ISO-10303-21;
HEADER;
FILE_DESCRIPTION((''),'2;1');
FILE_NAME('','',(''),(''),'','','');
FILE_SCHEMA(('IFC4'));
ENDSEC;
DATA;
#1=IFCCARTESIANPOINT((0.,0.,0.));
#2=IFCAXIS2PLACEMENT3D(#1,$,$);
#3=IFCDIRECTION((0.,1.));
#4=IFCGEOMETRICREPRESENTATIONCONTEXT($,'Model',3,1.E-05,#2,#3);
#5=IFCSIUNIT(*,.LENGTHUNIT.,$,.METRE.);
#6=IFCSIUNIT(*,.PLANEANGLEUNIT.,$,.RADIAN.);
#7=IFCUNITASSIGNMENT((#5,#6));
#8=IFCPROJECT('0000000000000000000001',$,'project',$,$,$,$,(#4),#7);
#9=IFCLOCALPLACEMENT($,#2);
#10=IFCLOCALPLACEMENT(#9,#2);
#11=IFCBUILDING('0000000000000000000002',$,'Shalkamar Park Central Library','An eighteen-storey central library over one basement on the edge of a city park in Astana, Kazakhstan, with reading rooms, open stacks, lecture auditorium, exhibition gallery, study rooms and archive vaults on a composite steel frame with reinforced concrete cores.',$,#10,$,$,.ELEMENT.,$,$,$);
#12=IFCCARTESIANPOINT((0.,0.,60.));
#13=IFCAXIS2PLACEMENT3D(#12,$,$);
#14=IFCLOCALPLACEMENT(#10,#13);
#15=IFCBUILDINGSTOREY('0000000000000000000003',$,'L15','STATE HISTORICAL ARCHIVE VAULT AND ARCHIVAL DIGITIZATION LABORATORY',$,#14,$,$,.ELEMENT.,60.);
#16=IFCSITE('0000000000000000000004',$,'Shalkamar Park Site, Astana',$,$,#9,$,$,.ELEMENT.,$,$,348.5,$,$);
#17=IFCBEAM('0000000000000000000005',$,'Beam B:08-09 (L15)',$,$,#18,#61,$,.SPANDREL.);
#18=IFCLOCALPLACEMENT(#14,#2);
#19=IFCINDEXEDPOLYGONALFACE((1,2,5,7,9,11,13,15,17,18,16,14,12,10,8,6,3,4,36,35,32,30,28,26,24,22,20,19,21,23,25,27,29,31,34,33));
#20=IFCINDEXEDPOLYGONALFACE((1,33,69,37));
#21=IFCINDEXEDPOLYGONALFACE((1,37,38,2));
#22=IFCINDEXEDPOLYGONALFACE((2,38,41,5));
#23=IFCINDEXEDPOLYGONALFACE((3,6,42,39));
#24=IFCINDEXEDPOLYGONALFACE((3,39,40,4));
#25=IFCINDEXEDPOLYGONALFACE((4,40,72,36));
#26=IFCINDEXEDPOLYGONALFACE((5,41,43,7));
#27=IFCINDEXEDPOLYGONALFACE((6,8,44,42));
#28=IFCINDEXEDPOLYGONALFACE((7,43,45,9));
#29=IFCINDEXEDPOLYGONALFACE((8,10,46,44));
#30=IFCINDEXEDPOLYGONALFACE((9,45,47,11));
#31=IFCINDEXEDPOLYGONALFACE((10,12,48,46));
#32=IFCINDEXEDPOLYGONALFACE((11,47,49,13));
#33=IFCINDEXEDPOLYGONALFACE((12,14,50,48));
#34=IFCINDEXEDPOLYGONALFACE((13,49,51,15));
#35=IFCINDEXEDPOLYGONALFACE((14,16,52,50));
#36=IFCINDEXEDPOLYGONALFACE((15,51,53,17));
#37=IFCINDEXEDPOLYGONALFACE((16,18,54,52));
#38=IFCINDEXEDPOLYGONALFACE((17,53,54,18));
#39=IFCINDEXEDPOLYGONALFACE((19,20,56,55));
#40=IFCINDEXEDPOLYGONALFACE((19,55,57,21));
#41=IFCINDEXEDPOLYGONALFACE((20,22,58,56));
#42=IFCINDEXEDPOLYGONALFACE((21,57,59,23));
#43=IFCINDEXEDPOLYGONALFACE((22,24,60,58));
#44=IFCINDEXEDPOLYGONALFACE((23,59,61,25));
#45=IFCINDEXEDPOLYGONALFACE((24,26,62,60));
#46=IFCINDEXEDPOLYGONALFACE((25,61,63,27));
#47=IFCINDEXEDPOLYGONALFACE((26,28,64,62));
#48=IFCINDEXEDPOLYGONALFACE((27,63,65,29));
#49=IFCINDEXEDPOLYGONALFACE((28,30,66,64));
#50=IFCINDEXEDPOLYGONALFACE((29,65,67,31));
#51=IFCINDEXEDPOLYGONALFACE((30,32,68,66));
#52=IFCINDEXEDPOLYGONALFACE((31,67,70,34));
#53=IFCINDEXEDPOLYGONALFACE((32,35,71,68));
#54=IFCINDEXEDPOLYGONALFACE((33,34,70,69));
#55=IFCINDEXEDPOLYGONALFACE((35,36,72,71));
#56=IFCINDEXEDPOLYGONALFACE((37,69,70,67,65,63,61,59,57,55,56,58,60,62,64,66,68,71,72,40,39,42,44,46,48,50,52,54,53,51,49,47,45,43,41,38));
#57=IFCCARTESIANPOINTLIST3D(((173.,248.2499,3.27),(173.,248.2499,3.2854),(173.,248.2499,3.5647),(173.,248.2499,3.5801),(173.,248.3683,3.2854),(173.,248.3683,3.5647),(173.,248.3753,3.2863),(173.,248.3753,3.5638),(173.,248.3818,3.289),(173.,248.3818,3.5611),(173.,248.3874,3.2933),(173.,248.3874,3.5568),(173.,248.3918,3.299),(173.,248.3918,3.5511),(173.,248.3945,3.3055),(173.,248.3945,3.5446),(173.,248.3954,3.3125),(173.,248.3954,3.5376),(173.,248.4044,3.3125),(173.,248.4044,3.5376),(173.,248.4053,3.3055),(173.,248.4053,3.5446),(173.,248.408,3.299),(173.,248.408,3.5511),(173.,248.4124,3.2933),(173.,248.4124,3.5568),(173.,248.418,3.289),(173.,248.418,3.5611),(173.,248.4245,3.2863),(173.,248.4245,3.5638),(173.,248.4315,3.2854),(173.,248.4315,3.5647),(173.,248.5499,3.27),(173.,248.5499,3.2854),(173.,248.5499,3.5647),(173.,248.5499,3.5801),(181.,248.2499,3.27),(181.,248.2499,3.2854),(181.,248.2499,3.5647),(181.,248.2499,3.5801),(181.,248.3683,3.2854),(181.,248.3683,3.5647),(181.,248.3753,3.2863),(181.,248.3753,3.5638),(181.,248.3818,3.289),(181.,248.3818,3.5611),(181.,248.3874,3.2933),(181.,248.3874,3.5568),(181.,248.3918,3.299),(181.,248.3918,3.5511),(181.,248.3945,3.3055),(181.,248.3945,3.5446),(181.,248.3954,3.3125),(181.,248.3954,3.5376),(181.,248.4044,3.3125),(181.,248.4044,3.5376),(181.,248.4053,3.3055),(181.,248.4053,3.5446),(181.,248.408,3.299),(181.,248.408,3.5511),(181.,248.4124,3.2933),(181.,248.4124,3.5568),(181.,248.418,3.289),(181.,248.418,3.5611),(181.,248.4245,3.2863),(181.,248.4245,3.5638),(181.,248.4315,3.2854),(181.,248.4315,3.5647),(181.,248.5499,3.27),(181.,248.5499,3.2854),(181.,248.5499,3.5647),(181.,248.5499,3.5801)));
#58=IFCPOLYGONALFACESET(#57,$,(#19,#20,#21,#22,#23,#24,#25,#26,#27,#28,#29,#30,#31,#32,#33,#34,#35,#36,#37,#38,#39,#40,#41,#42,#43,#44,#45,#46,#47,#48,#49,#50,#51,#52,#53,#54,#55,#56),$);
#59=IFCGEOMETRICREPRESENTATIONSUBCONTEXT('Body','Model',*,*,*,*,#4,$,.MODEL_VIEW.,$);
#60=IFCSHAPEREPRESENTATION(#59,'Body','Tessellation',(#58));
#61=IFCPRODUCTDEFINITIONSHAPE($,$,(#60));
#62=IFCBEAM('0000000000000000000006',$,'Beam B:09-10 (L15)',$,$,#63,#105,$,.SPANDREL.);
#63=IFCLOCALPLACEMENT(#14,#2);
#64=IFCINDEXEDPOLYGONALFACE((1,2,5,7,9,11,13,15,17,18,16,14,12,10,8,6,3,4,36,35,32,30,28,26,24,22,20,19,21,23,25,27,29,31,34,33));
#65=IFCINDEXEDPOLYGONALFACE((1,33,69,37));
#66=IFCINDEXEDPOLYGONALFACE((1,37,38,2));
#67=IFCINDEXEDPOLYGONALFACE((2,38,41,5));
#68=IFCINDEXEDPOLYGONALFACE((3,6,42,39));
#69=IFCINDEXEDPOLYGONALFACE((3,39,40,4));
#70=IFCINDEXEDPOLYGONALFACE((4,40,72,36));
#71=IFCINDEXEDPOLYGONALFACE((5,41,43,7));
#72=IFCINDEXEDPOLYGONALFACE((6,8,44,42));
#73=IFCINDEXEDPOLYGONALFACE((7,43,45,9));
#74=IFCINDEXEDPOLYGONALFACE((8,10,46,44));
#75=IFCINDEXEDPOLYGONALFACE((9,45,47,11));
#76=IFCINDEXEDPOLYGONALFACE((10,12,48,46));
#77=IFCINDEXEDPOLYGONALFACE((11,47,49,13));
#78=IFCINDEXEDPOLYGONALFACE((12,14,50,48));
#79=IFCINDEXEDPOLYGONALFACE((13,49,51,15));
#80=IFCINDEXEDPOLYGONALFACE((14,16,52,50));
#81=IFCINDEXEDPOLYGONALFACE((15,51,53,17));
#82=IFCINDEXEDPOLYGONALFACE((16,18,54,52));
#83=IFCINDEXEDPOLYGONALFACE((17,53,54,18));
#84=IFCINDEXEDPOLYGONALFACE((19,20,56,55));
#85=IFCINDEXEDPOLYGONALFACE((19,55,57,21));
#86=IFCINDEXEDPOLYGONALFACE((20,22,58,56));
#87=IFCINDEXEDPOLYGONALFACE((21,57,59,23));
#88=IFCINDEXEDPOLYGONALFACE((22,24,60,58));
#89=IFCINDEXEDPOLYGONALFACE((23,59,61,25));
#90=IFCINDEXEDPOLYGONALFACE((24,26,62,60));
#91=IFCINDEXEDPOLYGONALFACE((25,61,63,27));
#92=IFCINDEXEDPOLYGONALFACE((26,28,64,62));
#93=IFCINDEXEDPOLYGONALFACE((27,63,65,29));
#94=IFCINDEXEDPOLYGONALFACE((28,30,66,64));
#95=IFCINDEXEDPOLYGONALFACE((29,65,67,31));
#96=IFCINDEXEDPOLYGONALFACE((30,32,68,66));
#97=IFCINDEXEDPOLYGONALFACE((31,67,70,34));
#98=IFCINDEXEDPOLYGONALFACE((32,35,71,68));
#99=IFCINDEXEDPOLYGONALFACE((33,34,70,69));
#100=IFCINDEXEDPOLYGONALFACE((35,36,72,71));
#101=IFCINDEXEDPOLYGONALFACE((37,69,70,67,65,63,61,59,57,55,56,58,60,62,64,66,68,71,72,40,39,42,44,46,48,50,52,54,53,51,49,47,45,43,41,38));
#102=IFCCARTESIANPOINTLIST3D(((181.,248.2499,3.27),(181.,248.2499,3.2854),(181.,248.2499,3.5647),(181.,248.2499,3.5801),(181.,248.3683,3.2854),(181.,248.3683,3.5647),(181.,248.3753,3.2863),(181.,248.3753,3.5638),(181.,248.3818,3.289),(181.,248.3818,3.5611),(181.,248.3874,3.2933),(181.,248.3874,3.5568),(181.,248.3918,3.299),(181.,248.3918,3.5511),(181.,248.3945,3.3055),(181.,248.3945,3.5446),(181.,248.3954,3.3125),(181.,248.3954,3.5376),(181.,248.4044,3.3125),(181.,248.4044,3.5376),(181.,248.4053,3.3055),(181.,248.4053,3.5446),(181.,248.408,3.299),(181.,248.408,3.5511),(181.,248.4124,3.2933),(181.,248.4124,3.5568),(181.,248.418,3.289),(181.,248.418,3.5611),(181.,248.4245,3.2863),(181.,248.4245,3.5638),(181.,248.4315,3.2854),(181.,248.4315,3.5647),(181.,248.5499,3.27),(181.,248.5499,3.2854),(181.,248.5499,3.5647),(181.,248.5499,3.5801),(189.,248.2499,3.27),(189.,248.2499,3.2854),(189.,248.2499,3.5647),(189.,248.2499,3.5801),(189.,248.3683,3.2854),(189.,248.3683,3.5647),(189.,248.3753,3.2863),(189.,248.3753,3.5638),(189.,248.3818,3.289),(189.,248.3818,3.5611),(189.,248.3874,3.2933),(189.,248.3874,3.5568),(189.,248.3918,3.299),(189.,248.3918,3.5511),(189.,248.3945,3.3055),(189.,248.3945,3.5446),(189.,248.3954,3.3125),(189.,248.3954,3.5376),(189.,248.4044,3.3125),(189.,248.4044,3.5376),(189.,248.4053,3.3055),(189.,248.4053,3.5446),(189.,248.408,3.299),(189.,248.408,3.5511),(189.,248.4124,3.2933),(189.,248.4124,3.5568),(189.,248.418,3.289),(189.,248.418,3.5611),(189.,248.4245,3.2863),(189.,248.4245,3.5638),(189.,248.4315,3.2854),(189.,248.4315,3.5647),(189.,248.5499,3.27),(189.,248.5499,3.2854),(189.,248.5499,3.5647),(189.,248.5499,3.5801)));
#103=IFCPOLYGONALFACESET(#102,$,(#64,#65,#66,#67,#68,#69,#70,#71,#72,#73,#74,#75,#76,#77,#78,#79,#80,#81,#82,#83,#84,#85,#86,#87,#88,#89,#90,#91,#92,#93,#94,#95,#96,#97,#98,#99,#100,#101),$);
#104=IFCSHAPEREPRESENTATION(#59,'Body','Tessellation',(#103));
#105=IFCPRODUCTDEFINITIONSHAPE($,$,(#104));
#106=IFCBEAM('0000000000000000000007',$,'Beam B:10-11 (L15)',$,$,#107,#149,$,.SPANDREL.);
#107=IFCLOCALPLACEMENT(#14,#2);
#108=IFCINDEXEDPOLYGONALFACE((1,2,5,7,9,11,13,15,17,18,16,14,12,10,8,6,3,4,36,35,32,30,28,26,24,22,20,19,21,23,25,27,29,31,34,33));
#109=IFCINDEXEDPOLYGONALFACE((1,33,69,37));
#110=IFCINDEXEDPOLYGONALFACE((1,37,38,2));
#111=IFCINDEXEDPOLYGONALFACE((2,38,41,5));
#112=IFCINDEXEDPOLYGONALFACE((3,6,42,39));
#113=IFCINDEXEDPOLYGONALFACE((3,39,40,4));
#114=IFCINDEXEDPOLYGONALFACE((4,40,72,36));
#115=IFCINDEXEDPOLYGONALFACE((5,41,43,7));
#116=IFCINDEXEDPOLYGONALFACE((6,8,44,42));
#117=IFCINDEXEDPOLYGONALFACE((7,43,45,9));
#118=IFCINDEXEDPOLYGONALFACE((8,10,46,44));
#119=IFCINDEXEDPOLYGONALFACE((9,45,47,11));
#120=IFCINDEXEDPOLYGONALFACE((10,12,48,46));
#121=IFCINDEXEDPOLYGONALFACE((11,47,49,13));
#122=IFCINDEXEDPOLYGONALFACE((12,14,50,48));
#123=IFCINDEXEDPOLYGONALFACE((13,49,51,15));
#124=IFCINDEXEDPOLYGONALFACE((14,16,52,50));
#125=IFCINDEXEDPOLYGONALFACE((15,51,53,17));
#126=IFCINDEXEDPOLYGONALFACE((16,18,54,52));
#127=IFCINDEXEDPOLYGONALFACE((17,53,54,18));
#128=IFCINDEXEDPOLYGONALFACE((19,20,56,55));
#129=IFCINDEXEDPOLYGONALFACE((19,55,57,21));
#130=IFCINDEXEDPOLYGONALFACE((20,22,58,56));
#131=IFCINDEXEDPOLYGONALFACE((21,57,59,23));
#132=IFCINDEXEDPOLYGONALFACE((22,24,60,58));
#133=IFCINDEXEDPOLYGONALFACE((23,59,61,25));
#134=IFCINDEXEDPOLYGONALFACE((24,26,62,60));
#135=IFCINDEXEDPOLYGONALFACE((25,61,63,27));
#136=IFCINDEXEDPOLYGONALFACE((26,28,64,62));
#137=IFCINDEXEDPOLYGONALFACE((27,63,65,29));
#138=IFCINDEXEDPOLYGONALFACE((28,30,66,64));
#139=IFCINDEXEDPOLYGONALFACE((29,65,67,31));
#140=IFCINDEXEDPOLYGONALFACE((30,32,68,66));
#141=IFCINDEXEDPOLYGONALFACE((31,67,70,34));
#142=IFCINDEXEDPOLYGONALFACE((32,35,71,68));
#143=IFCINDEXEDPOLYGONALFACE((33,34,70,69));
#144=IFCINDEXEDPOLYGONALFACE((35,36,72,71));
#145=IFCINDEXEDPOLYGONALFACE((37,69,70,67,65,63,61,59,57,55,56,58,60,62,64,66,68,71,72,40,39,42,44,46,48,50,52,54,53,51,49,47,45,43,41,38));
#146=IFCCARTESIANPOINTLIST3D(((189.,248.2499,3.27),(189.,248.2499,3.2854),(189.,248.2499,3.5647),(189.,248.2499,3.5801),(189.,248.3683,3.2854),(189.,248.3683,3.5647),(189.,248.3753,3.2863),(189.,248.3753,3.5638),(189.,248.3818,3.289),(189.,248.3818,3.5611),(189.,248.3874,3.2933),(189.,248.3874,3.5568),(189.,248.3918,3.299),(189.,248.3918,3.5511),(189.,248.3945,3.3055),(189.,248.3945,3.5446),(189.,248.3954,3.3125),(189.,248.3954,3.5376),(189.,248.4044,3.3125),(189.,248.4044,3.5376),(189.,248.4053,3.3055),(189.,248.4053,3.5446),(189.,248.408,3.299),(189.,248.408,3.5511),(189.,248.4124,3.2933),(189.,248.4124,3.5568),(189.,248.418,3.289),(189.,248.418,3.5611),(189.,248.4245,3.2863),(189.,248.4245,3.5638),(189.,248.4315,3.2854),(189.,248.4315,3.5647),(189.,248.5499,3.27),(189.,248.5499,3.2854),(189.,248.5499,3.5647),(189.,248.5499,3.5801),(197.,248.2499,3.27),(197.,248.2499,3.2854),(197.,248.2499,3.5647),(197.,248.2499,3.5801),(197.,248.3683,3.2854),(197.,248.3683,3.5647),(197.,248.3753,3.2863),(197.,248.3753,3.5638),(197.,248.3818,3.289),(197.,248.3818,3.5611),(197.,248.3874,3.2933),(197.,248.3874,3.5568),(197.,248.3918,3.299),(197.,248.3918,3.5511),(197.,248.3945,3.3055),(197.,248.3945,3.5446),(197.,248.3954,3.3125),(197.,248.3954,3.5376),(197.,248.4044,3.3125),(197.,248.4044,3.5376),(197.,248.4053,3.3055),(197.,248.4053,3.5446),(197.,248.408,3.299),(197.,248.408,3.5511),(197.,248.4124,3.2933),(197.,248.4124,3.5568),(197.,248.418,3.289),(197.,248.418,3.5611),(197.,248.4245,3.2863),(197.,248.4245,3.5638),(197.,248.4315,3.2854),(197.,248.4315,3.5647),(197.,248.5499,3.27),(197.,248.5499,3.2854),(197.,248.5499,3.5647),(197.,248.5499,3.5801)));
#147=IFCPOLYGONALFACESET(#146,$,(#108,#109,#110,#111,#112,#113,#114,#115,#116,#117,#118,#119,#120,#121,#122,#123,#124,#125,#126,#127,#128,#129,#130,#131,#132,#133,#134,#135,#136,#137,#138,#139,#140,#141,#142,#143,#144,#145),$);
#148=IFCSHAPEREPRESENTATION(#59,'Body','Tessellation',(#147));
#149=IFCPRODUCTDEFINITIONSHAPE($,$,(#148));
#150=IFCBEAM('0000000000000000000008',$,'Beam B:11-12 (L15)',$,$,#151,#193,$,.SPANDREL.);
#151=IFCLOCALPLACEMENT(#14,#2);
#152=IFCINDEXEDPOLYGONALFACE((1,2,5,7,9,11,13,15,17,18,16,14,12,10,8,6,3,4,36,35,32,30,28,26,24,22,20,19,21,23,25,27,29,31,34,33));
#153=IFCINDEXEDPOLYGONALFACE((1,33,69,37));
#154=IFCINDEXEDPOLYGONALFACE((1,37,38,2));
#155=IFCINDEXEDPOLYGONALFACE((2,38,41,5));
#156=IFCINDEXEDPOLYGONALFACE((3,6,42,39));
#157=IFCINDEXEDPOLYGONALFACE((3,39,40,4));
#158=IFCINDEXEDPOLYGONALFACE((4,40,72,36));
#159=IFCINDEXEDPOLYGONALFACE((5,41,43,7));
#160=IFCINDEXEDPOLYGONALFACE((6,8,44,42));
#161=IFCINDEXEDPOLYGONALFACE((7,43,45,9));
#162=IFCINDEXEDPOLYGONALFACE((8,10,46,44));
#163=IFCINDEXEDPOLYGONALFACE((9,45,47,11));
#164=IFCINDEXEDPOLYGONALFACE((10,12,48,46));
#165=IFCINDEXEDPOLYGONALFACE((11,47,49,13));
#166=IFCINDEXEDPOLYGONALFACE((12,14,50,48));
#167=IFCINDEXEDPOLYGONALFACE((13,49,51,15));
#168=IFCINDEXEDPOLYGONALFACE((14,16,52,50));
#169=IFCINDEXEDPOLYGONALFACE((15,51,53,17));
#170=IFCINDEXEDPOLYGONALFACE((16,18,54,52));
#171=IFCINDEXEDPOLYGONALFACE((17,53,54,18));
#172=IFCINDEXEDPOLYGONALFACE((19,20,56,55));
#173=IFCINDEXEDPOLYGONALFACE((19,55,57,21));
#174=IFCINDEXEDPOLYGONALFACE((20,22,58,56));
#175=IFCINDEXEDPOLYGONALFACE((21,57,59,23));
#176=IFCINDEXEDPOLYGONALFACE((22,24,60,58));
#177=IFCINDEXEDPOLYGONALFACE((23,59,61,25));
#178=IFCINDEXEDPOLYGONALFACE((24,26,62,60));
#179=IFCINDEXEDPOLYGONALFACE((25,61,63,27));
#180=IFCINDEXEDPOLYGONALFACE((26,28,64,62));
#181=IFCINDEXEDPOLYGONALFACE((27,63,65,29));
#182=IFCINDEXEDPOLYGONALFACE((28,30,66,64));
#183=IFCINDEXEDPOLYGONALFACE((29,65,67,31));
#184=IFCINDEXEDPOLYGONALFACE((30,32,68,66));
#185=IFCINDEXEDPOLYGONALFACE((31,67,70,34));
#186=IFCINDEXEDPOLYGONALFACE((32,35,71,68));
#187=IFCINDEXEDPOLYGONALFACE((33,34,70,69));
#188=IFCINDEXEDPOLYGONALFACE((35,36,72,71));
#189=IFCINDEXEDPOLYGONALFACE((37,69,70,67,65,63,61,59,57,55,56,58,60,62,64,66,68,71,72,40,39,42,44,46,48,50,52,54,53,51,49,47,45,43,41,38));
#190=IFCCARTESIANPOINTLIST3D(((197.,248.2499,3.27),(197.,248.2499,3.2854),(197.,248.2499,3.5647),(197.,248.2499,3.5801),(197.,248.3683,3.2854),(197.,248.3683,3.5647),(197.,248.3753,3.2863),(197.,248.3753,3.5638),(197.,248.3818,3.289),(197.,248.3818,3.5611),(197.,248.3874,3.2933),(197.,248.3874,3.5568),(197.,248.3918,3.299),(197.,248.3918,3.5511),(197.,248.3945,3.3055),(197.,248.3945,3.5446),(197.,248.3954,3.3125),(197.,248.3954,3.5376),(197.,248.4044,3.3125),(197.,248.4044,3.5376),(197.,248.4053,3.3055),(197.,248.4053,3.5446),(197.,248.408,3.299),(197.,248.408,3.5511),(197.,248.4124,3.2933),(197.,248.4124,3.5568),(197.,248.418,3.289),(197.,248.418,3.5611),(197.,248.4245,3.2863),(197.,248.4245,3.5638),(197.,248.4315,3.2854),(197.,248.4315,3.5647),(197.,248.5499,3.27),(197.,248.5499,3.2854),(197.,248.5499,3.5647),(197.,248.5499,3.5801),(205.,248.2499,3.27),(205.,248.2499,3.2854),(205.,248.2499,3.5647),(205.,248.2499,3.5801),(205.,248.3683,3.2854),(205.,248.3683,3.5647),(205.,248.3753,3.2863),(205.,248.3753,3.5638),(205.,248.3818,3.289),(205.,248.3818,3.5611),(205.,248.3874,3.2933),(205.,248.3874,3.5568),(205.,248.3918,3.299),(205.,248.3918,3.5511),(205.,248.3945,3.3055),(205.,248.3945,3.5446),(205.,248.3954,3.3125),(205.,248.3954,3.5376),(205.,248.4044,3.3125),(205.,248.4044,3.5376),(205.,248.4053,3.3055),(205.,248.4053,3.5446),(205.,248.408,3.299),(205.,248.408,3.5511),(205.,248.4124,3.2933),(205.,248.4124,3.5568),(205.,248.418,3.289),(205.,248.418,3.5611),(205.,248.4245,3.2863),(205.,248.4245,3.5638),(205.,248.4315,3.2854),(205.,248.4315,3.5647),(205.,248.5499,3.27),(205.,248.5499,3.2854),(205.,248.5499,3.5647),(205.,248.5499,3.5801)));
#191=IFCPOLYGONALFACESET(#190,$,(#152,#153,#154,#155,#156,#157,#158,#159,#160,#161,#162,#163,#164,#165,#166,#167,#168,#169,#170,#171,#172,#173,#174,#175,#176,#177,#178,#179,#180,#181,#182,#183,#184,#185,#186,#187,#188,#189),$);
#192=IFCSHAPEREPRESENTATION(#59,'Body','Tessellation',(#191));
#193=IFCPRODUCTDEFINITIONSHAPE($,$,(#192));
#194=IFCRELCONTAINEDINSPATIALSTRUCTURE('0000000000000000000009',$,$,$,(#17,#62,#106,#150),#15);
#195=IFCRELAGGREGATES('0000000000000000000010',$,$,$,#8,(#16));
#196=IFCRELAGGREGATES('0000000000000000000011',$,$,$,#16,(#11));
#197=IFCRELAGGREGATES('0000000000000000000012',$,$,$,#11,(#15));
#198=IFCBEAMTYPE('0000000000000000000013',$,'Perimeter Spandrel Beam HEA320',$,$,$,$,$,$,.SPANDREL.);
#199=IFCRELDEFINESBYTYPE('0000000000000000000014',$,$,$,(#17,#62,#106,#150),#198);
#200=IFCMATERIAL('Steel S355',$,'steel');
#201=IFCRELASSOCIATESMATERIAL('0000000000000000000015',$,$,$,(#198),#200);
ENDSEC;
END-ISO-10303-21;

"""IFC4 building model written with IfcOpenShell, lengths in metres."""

from ifc_helpers import new_model, si_unit, direction, frame, origin, origin_2d, place, context, subcontext, project, spatial, i_section, extrude, material, material_profile, profile_set, type_object, element, save


model = new_model("IFC4")

# Units and contexts
model_context = context("Model", 3, precision=1e-05, world=origin(), true_north=direction((0.0, 1.0)))
body_context = subcontext(model_context, "Body", "Model", "MODEL_VIEW")
ifc_project = project(units=[si_unit("LENGTHUNIT", "METRE"), si_unit("PLANEANGLEUNIT", "RADIAN")], contexts=[model_context])

# Site, building, storey
site_placement = place(None, origin())
site = spatial("IfcSite", under=ifc_project, at=site_placement, Name="Shalkamar Park Site, Astana", CompositionType="ELEMENT", RefElevation=348.5)
building_placement = place(site_placement, origin())
building = spatial("IfcBuilding", under=site, at=building_placement, Name="Shalkamar Park Central Library", Description="An eighteen-storey central library over one basement on the edge of a city park in Astana, Kazakhstan, with reading rooms, open stacks, lecture auditorium, exhibition gallery, study rooms and archive vaults on a composite steel frame with reinforced concrete cores.", CompositionType="ELEMENT")
storey_placement = place(building_placement, frame((0.0, 0.0, 60.0)))
storey = spatial("IfcBuildingStorey", under=building, at=storey_placement, Name="L15", Description="STATE HISTORICAL ARCHIVE VAULT AND ARCHIVAL DIGITIZATION LABORATORY", CompositionType="ELEMENT", Elevation=60.0)

# Shared definitions
ifc_material_1 = material(Name="Steel S355", Category="steel")

# Beams
ifc_material_profile_1 = material_profile(ifc_material_1, i_section(OverallWidth=0.3, OverallDepth=0.3101, WebThickness=0.009, FlangeThickness=0.0154, FilletRadius=0.0271, at=origin_2d()), Name="HEA 320")
ifc_profile_set_1 = profile_set([ifc_material_profile_1], Name="Steel S355")
beam_type_1 = type_object("IfcBeamType", Name="Perimeter Spandrel Beam HEA320", PredefinedType="SPANDREL", material=ifc_profile_set_1)
for number, where, z_axis, x_axis, name in (
    (1, (173.0, 248.3999, 3.425), (1.0, 0.0, 0.0), (0.0, 1.0, 0.0), "Beam B:08-09 (L15)"),
    (2, (181.0, 248.3999, 3.425), (1.0, 0.0, 0.0), (0.0, 1.0, 0.0), "Beam B:09-10 (L15)"),
    (3, (189.0, 248.3999, 3.425), (1.0, 0.0, 0.0), (0.0, 1.0, 0.0), "Beam B:10-11 (L15)"),
    (4, (197.0, 248.3999, 3.425), (1.0, 0.0, 0.0), (0.0, 1.0, 0.0), "Beam B:11-12 (L15)"),
):
    element("IfcBeam", number, at=place(storey_placement, frame(where, z_axis=z_axis, x_axis=x_axis)), inside=storey, type_object=beam_type_1, Name=name, PredefinedType="SPANDREL", context=body_context, shape_type="SweptSolid", body=[
        extrude(i_section(OverallWidth=0.3, OverallDepth=0.3101, WebThickness=0.009, FlangeThickness=0.0154, FilletRadius=0.0271, at=origin_2d()), origin(), (0.0, 0.0, 1.0), 8.0),
    ])

save(model, "model.ifc")
